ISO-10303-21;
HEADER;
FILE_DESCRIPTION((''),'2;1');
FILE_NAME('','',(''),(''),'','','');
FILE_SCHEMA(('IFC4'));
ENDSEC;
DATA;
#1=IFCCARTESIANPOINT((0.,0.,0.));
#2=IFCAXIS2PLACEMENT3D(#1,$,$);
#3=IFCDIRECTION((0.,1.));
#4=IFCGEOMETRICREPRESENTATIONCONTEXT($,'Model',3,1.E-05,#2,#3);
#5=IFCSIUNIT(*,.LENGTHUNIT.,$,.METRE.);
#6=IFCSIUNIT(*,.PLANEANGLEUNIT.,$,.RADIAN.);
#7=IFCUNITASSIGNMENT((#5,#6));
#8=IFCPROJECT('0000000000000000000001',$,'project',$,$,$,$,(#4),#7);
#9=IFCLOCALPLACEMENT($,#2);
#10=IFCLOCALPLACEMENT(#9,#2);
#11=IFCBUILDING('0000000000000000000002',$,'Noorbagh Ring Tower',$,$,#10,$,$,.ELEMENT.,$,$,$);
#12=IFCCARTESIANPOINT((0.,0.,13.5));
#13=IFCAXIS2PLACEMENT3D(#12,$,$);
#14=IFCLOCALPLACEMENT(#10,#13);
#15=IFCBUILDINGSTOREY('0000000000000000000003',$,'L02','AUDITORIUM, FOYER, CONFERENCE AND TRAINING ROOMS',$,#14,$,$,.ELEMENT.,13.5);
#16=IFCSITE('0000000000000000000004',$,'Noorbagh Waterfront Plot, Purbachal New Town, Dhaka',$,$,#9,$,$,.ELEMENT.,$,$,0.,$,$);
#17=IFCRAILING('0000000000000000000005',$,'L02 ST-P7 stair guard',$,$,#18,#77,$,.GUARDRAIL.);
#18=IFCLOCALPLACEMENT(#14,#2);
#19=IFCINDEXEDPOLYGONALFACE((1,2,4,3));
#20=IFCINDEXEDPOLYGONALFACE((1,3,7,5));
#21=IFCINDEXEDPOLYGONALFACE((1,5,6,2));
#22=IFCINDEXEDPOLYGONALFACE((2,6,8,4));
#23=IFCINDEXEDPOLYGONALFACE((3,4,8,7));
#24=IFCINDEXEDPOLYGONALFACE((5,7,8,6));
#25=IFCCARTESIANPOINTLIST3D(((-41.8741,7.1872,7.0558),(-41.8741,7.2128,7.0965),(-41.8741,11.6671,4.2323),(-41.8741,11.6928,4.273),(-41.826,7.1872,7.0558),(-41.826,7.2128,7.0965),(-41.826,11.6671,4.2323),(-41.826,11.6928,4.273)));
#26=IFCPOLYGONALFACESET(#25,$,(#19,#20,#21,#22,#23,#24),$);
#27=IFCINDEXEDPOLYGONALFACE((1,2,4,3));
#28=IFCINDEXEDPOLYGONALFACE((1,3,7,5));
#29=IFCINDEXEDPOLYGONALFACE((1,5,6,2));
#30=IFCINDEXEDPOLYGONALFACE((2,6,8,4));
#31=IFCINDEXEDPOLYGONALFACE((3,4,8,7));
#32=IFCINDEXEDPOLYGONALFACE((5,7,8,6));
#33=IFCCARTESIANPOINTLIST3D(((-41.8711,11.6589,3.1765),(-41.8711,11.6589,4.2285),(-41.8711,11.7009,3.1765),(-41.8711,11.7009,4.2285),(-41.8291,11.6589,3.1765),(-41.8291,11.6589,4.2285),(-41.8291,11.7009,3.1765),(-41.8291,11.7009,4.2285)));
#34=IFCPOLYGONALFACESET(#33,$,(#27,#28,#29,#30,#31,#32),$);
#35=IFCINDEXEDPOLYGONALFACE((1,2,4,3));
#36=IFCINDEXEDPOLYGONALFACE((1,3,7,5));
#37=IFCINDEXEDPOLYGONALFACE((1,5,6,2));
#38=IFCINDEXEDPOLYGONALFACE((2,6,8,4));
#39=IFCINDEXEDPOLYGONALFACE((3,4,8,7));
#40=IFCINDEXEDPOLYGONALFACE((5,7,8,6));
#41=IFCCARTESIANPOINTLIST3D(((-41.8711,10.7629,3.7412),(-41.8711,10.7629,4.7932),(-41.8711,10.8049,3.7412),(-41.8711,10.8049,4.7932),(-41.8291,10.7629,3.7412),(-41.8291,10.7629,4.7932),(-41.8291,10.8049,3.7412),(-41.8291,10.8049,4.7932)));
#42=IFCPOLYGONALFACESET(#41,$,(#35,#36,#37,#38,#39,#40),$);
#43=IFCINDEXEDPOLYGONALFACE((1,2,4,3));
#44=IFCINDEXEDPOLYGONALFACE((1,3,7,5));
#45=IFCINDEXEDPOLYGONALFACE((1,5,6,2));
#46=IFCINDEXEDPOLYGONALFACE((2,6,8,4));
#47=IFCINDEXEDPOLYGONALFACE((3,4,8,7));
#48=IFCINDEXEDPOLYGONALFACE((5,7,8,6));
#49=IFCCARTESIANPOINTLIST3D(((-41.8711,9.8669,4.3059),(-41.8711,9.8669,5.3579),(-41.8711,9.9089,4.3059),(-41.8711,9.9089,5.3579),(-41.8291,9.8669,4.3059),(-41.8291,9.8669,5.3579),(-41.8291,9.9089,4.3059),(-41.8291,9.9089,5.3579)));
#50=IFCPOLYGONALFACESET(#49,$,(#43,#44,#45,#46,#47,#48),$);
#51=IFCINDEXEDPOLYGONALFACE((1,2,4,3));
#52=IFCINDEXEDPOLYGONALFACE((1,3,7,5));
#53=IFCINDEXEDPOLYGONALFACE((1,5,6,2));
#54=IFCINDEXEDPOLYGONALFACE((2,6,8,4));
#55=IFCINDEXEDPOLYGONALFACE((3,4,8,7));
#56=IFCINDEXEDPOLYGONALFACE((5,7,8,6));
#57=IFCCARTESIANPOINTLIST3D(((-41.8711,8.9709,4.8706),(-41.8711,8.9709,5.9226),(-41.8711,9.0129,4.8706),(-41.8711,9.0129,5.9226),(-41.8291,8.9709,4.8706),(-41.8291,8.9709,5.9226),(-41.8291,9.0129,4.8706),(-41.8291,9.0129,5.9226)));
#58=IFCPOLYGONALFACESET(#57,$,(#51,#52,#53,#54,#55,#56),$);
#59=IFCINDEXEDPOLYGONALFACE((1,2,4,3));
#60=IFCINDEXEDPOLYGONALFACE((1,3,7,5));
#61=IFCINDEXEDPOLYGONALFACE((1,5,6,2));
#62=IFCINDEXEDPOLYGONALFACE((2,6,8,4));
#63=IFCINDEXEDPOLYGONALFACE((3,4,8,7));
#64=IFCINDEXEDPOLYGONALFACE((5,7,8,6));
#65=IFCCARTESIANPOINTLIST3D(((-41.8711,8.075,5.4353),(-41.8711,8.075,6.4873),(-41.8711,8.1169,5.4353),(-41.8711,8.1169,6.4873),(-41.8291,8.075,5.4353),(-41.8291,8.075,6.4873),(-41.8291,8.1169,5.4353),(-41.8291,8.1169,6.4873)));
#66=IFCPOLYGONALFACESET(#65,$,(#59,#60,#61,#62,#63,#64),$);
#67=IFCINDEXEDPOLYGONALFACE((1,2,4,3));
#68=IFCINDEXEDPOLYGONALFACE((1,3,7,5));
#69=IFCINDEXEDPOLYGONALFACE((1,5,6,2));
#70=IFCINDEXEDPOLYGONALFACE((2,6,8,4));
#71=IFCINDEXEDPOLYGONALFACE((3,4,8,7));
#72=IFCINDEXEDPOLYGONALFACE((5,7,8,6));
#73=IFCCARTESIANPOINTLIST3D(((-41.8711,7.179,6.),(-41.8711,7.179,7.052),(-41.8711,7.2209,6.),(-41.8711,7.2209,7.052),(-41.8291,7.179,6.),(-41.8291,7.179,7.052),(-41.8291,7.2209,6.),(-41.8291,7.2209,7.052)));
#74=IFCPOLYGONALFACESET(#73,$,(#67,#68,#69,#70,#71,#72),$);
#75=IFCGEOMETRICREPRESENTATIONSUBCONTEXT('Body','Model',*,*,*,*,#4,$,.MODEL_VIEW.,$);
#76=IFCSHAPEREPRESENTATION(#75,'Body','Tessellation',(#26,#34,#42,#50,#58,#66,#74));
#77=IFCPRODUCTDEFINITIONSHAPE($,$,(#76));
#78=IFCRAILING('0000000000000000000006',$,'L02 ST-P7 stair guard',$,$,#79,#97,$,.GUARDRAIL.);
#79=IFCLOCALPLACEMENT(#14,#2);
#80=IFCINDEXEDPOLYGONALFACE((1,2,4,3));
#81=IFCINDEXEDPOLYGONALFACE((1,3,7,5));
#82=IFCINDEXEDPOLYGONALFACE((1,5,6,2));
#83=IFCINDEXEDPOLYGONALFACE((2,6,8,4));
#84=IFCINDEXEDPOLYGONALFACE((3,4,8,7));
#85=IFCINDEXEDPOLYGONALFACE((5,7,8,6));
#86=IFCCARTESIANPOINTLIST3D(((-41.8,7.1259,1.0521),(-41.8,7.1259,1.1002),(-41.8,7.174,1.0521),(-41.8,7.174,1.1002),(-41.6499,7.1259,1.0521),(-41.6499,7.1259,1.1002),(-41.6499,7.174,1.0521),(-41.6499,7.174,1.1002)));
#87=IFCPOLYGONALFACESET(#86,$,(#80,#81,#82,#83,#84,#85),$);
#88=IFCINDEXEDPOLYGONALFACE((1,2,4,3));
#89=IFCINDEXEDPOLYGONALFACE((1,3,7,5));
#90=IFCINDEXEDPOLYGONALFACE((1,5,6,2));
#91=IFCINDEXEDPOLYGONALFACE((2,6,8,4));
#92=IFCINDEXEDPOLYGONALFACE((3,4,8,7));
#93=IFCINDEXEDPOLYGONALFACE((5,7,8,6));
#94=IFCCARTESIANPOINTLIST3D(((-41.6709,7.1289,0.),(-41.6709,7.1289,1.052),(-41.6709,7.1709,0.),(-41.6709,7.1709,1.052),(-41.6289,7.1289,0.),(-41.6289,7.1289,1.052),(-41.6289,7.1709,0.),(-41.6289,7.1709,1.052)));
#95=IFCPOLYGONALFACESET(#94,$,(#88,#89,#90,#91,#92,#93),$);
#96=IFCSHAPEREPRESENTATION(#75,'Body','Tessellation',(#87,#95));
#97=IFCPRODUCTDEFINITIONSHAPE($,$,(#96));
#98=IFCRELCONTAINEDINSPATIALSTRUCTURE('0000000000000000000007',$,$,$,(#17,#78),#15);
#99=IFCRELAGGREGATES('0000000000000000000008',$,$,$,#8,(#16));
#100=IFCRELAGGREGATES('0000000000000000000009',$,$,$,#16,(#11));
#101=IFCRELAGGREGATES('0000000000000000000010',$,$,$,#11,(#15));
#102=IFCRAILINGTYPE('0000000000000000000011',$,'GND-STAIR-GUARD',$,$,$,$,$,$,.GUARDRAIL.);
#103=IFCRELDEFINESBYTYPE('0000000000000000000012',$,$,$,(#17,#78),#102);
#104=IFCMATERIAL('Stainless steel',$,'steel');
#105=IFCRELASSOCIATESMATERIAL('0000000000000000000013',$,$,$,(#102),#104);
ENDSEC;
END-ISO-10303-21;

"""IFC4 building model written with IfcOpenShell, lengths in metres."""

from ifc_helpers import new_model, si_unit, direction, frame, origin, origin_2d, place, context, subcontext, project, spatial, rectangle, extrude, material, type_object, element, save


model = new_model("IFC4")

# Units and contexts
model_context = context("Model", 3, precision=1e-05, world=origin(), true_north=direction((0.0, 1.0)))
body_context = subcontext(model_context, "Body", "Model", "MODEL_VIEW")
ifc_project = project(units=[si_unit("LENGTHUNIT", "METRE"), si_unit("PLANEANGLEUNIT", "RADIAN")], contexts=[model_context])

# Site, building, storey
site_placement = place(None, origin())
site = spatial("IfcSite", under=ifc_project, at=site_placement, Name="Noorbagh Waterfront Plot, Purbachal New Town, Dhaka", CompositionType="ELEMENT", RefElevation=0.0)
building_placement = place(site_placement, origin())
building = spatial("IfcBuilding", under=site, at=building_placement, Name="Noorbagh Ring Tower", CompositionType="ELEMENT")
storey_placement = place(building_placement, frame((0.0, 0.0, 13.5)))
storey = spatial("IfcBuildingStorey", under=building, at=storey_placement, Name="L02", Description="AUDITORIUM, FOYER, CONFERENCE AND TRAINING ROOMS", CompositionType="ELEMENT", Elevation=13.5)

# Railings
ifc_material_1 = material(Name="Stainless steel", Category="steel")
railing_type_1 = type_object("IfcRailingType", Name="GND-STAIR-GUARD", PredefinedType="GUARDRAIL", material=ifc_material_1)
railing_1_placement = place(storey_placement, frame((-41.8501, 11.6799, 3.1765)))
element("IfcRailing", 1, at=railing_1_placement, inside=storey, type_object=railing_type_1, Name="L02 ST-P7 stair guard", PredefinedType="GUARDRAIL", context=body_context, shape_type="SweptSolid", body=[
    extrude(rectangle(XDim=0.0481, YDim=0.0481, at=origin_2d()), frame((0.0, 0.0, 1.0762), z_axis=(0.0, -0.845998, 0.533186), x_axis=(1.0, 0.0, 0.0)), (0.0, 0.0, 1.0), 5.2954),
    extrude(rectangle(XDim=0.042, YDim=0.042, at=origin_2d()), origin(), (0.0, 0.0, 1.0), 1.052),
    extrude(rectangle(XDim=0.042, YDim=0.042, at=origin_2d()), frame((0.0, -0.896, 0.5647)), (0.0, 0.0, 1.0), 1.052),
    extrude(rectangle(XDim=0.042, YDim=0.042, at=origin_2d()), frame((0.0, -1.792, 1.1294)), (0.0, 0.0, 1.0), 1.052),
    extrude(rectangle(XDim=0.042, YDim=0.042, at=origin_2d()), frame((0.0, -2.688, 1.6941)), (0.0, 0.0, 1.0), 1.052),
    extrude(rectangle(XDim=0.042, YDim=0.042, at=origin_2d()), frame((0.0, -3.584, 2.2588)), (0.0, 0.0, 1.0), 1.052),
    extrude(rectangle(XDim=0.042, YDim=0.042, at=origin_2d()), frame((0.0, -4.48, 2.8235)), (0.0, 0.0, 1.0), 1.052),
])
railing_2_placement = place(storey_placement, frame((-41.6499, 7.1499, 0.0)))
element("IfcRailing", 2, at=railing_2_placement, inside=storey, type_object=railing_type_1, Name="L02 ST-P7 stair guard", PredefinedType="GUARDRAIL", context=body_context, shape_type="SweptSolid", body=[
    extrude(rectangle(XDim=0.0481, YDim=0.0481, at=origin_2d()), frame((0.0, 0.0, 1.0762), z_axis=(-1.0, 0.0, 0.0), x_axis=(0.0, -1.0, 0.0)), (0.0, 0.0, 1.0), 0.1501),
    extrude(rectangle(XDim=0.042, YDim=0.042, at=origin_2d()), origin(), (0.0, 0.0, 1.0), 1.052),
])

save(model, "model.ifc")
